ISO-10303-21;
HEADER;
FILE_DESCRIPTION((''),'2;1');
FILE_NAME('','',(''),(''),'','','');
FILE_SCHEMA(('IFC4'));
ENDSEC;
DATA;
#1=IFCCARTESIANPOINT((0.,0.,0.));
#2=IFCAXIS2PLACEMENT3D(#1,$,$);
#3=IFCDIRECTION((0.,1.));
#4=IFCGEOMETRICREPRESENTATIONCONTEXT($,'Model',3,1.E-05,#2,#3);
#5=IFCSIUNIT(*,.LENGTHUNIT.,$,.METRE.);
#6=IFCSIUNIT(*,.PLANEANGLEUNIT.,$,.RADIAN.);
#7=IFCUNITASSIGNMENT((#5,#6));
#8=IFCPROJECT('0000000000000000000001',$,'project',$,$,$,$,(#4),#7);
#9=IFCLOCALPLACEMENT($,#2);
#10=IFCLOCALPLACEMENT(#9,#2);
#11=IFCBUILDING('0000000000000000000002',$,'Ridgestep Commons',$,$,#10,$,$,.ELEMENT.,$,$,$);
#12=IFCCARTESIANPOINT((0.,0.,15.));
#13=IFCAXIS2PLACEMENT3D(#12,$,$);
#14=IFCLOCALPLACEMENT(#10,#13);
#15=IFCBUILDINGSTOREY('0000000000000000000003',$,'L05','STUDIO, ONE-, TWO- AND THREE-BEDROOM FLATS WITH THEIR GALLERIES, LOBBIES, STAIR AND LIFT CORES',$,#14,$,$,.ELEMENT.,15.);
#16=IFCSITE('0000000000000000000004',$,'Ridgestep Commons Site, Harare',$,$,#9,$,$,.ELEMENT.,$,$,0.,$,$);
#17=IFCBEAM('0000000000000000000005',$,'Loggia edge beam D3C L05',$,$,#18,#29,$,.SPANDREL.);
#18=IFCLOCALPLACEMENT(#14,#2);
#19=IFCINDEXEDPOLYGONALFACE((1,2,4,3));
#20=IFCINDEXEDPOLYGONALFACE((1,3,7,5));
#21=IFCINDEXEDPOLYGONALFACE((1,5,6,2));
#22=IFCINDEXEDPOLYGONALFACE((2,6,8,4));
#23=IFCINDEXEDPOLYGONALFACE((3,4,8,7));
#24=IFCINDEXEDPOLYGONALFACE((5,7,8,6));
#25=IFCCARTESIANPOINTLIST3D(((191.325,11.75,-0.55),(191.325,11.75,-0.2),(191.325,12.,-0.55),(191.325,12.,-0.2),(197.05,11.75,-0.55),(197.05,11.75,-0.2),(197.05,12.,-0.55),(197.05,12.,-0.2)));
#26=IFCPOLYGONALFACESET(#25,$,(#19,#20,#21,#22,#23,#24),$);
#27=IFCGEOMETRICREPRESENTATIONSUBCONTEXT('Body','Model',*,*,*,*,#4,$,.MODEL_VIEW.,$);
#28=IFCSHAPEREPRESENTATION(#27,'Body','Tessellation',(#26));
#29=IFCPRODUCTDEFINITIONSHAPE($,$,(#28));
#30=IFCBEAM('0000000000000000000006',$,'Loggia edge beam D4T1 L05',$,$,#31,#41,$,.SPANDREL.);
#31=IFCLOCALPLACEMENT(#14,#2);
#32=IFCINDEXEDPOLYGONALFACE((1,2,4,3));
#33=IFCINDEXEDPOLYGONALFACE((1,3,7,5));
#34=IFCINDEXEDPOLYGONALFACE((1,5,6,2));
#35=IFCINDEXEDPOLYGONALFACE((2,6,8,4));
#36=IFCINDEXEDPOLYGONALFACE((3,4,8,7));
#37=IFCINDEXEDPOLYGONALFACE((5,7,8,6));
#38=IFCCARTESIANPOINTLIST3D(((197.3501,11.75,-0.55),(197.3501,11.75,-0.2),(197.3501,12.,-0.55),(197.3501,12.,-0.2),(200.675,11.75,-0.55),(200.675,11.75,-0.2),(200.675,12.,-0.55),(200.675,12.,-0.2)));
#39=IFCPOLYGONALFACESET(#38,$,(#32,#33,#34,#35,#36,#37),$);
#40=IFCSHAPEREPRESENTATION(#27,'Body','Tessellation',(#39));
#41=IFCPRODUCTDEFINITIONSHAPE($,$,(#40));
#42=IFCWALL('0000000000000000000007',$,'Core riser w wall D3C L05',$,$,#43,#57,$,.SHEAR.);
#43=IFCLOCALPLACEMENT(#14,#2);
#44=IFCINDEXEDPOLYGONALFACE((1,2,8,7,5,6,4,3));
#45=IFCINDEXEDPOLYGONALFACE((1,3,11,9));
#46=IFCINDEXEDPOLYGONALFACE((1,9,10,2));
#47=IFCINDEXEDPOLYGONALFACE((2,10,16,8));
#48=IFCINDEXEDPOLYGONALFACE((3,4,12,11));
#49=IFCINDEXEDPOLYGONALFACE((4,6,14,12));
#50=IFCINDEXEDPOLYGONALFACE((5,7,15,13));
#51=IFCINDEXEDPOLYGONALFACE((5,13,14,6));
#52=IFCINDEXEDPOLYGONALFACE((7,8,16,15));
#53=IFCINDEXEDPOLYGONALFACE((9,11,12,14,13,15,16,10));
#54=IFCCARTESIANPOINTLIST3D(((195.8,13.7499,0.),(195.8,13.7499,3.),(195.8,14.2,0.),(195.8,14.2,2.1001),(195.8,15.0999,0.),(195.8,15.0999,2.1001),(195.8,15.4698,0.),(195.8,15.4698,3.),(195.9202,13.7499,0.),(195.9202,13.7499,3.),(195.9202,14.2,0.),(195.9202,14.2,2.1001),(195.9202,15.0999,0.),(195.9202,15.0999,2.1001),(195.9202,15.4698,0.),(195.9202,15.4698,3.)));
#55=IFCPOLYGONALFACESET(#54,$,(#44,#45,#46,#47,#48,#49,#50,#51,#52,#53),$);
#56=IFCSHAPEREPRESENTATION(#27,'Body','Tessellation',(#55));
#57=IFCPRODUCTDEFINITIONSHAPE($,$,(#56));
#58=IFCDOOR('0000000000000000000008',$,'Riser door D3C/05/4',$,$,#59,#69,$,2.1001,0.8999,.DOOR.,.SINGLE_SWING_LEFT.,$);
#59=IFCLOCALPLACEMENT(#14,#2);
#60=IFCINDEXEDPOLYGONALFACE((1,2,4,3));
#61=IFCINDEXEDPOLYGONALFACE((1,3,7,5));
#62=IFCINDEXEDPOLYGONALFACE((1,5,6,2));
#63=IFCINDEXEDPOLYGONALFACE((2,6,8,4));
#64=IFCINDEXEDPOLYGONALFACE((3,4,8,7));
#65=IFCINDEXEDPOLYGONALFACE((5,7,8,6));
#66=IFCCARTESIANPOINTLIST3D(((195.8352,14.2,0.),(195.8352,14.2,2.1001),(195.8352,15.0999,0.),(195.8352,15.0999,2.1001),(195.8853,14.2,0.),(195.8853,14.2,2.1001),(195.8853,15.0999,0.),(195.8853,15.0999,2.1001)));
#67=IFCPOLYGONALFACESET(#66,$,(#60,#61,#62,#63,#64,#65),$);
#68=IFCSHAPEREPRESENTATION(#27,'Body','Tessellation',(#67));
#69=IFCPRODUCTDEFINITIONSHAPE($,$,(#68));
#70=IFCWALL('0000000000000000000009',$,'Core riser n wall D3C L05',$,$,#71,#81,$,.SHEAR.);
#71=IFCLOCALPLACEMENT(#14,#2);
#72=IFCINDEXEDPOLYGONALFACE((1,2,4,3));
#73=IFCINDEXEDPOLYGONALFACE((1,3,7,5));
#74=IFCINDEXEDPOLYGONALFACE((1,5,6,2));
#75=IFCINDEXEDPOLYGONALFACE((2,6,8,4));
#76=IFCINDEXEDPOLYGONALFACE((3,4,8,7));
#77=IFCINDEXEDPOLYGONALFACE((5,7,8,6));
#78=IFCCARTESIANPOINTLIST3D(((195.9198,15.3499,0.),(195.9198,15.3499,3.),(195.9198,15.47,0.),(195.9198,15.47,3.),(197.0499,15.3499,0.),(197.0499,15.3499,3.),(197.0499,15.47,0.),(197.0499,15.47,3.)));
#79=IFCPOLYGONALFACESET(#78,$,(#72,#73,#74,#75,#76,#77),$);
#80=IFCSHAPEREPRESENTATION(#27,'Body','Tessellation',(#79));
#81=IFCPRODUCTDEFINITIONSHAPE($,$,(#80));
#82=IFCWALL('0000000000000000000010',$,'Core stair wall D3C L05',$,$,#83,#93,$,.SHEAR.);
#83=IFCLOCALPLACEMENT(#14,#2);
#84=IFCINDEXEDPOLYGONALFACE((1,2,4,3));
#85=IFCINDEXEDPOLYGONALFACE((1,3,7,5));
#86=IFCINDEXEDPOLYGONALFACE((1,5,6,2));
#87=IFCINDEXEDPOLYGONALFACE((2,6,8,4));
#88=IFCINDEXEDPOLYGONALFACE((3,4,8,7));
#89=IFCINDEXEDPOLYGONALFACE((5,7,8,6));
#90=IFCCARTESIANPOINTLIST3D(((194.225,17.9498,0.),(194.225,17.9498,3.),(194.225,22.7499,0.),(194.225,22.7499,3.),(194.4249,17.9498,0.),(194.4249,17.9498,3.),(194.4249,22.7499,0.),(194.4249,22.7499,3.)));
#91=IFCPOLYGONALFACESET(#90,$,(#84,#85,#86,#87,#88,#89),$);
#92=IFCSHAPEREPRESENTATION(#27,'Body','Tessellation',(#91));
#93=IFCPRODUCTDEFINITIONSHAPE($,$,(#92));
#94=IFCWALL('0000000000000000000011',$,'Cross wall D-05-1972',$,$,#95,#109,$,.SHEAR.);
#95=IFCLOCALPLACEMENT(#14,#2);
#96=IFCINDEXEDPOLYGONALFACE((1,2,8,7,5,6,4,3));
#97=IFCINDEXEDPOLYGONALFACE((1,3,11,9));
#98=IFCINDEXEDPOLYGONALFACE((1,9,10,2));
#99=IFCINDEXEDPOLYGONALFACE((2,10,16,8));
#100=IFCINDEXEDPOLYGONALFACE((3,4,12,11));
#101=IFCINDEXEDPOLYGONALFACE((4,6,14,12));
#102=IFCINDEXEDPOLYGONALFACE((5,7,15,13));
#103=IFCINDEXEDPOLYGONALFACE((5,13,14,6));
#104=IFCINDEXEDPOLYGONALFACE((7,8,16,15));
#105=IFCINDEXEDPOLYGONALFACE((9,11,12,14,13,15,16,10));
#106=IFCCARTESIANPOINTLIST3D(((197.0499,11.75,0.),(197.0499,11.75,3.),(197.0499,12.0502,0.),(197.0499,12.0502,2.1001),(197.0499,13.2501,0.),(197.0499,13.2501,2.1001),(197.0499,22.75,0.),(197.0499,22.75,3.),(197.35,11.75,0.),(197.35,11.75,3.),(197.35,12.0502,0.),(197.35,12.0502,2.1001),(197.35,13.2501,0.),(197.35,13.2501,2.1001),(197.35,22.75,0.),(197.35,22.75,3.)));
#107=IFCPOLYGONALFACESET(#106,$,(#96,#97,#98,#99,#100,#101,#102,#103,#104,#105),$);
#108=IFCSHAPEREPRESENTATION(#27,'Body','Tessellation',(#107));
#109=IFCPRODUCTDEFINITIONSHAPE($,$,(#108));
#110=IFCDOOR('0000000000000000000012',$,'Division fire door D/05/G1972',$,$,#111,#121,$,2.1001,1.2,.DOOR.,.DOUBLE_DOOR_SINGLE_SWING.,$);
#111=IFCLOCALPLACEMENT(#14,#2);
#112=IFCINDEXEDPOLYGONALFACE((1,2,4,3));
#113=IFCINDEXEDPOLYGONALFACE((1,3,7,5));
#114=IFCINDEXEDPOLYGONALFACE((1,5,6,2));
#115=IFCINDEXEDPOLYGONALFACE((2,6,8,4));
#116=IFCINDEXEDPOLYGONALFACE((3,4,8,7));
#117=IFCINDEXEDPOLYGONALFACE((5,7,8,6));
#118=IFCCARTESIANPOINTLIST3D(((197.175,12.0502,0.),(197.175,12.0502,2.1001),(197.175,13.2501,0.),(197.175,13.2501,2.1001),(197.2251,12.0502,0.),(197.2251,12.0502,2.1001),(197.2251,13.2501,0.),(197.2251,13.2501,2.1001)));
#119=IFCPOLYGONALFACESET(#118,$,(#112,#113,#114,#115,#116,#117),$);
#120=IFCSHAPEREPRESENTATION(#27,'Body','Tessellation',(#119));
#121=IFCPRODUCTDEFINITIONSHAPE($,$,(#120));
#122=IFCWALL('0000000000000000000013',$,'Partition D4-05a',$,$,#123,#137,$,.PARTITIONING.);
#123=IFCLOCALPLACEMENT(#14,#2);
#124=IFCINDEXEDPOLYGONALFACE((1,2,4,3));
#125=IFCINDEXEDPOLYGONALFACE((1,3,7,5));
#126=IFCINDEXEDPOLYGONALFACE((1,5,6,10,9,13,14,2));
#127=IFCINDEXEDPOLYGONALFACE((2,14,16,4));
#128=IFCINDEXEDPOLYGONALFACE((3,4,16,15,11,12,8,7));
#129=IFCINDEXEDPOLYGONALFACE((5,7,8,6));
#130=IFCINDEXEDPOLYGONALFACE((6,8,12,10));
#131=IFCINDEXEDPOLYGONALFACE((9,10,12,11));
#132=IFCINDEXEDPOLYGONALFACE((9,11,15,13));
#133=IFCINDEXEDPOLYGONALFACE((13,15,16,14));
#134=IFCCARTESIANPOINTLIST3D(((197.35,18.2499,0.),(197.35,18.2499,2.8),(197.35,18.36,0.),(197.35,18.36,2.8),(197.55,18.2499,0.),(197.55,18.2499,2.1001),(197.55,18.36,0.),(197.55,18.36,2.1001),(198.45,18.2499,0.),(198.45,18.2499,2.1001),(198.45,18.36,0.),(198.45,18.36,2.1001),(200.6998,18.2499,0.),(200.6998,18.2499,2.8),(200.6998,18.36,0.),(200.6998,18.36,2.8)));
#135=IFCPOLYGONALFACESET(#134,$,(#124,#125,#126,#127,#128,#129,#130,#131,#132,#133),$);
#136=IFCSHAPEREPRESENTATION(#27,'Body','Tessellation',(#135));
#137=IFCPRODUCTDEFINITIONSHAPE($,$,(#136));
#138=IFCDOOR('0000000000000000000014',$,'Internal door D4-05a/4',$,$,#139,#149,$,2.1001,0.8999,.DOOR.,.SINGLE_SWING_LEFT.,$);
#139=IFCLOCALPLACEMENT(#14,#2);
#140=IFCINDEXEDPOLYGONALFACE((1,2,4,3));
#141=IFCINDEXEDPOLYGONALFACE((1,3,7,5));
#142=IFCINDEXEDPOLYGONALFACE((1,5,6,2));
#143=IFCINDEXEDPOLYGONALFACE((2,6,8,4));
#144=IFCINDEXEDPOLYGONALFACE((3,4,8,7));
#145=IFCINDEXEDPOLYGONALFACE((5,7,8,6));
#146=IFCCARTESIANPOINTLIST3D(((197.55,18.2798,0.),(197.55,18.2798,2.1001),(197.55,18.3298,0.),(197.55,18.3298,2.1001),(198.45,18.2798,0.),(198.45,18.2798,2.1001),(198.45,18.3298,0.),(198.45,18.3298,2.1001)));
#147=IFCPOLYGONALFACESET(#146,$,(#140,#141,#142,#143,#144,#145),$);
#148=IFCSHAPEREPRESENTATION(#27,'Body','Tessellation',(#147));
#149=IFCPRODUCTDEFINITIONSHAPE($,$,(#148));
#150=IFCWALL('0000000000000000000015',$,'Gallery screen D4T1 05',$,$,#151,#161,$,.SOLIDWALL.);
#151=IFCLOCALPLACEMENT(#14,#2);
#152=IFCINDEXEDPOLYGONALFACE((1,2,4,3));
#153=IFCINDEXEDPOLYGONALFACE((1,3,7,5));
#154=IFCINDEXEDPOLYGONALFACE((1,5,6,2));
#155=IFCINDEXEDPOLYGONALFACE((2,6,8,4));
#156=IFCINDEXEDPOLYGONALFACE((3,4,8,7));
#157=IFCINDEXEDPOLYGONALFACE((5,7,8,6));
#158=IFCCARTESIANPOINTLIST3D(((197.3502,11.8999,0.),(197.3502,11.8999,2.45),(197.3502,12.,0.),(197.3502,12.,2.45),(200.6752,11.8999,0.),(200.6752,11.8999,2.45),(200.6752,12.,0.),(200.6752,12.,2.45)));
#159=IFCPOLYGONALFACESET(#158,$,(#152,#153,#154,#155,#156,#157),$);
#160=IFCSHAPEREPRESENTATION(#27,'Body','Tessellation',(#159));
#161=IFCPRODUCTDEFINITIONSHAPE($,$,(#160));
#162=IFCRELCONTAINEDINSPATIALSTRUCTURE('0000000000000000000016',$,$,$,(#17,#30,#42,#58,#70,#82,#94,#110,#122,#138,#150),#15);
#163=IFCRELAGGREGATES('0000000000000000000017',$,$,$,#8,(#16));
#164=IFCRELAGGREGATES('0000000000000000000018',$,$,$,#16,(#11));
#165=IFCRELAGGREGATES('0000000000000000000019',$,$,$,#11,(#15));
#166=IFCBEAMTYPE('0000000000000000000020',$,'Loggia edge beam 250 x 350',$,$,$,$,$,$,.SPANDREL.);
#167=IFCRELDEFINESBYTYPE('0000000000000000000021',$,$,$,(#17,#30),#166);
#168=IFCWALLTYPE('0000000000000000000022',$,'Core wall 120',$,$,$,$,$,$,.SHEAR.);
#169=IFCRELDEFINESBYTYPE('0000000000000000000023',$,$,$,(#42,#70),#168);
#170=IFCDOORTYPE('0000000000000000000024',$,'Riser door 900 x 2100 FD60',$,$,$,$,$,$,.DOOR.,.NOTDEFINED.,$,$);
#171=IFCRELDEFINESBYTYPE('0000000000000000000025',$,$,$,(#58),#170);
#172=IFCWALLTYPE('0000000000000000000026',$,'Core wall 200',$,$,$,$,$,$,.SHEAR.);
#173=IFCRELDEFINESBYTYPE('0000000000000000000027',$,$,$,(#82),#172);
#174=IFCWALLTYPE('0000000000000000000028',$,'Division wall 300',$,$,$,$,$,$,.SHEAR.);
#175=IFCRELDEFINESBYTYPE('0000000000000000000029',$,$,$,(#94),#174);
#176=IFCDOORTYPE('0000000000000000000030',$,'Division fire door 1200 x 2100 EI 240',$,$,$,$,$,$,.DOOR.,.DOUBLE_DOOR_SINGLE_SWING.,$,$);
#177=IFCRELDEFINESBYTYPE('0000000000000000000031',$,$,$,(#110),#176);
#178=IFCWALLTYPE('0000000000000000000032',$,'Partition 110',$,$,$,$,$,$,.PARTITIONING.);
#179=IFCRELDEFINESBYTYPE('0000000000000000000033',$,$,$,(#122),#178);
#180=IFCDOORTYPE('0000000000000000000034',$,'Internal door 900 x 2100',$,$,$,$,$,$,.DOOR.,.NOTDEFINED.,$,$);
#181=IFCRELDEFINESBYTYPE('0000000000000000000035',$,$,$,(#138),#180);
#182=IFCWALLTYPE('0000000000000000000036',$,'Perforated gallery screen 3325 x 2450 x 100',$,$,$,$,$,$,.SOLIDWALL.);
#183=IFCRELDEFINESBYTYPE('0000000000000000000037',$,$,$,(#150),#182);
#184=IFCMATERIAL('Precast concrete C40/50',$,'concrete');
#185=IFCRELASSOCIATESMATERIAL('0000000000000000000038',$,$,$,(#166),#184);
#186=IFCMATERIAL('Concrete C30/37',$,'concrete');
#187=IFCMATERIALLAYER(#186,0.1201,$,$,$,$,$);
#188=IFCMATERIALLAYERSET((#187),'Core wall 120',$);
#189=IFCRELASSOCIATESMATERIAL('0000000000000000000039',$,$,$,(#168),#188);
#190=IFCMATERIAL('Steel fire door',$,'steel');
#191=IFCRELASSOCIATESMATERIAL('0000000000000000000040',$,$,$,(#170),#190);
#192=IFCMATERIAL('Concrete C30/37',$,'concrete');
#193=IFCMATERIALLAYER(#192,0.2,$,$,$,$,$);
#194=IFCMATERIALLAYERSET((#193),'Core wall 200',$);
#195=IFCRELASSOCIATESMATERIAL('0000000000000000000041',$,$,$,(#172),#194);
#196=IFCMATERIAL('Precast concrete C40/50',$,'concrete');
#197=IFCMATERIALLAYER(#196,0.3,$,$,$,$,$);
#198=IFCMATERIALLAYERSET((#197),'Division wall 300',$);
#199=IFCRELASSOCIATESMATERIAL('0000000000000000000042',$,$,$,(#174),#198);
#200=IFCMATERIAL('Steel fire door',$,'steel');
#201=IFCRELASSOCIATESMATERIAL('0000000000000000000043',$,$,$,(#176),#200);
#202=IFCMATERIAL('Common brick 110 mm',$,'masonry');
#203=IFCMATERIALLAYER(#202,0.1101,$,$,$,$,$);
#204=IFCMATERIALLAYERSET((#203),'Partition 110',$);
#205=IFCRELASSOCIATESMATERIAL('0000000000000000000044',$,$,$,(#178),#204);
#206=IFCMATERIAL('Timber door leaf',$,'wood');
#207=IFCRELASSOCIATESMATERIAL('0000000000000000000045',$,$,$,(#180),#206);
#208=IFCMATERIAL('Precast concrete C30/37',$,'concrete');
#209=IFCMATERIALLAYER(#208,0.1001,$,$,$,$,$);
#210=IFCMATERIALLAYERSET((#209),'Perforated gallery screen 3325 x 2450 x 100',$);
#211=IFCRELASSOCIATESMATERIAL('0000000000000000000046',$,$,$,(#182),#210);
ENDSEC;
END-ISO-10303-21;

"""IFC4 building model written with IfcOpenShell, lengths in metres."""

from ifc_helpers import new_model, si_unit, direction, frame, frame_2d, origin, origin_2d, place, context, subcontext, project, spatial, rectangle, extrude, material, layer, layer_set, material_profile, profile_set, type_object, element, fill, save


model = new_model("IFC4")

# Units and contexts
model_context = context("Model", 3, precision=1e-05, world=origin(), true_north=direction((0.0, 1.0)))
body_context = subcontext(model_context, "Body", "Model", "MODEL_VIEW")
ifc_project = project(units=[si_unit("LENGTHUNIT", "METRE"), si_unit("PLANEANGLEUNIT", "RADIAN")], contexts=[model_context])

# Site, building, storey
site_placement = place(None, origin())
site = spatial("IfcSite", under=ifc_project, at=site_placement, Name="Ridgestep Commons Site, Harare", CompositionType="ELEMENT", RefElevation=0.0)
building_placement = place(site_placement, origin())
building = spatial("IfcBuilding", under=site, at=building_placement, Name="Ridgestep Commons", CompositionType="ELEMENT")
storey_placement = place(building_placement, frame((0.0, 0.0, 15.0)))
storey = spatial("IfcBuildingStorey", under=building, at=storey_placement, Name="L05", Description="STUDIO, ONE-, TWO- AND THREE-BEDROOM FLATS WITH THEIR GALLERIES, LOBBIES, STAIR AND LIFT CORES", CompositionType="ELEMENT", Elevation=15.0)

# Beams
ifc_material_1 = material(Name="Precast concrete C40/50", Category="concrete")
ifc_material_profile = material_profile(ifc_material_1, rectangle(XDim=0.25, YDim=0.3501, at=origin_2d()), Name="PC 250x350")
ifc_profile_set = profile_set([ifc_material_profile], Name="Precast concrete C40/50")
beam_type = type_object("IfcBeamType", Name="Loggia edge beam 250 x 350", PredefinedType="SPANDREL", material=ifc_profile_set)
beam_1_placement = place(storey_placement, frame((191.325, 11.875, -0.375), z_axis=(1.0, 0.0, 0.0), x_axis=(0.0, 1.0, 0.0)))
element("IfcBeam", 1, at=beam_1_placement, inside=storey, type_object=beam_type, Name="Loggia edge beam D3C L05", PredefinedType="SPANDREL", context=body_context, shape_type="SweptSolid", body=[
    extrude(rectangle(XDim=0.25, YDim=0.3501, at=origin_2d()), origin(), (0.0, 0.0, 1.0), 5.7251),
])
beam_2_placement = place(storey_placement, frame((197.3501, 11.875, -0.375), z_axis=(1.0, 0.0, 0.0), x_axis=(0.0, 1.0, 0.0)))
element("IfcBeam", 2, at=beam_2_placement, inside=storey, type_object=beam_type, Name="Loggia edge beam D4T1 L05", PredefinedType="SPANDREL", context=body_context, shape_type="SweptSolid", body=[
    extrude(rectangle(XDim=0.25, YDim=0.3501, at=origin_2d()), origin(), (0.0, 0.0, 1.0), 3.325),
])

# Wall, opening, door
ifc_material_2 = material(Name="Concrete C30/37", Category="concrete")
ifc_layer_1 = layer(ifc_material_2, 0.1201)
ifc_layer_set_1 = layer_set([ifc_layer_1], Name="Core wall 120")
wall_type_1 = type_object("IfcWallType", Name="Core wall 120", PredefinedType="SHEAR", material=ifc_layer_set_1)
wall_1_placement = place(storey_placement, frame((195.8601, 13.75, 0.0), z_axis=(0.0, 0.0, 1.0), x_axis=(0.0, 1.0, 0.0)))
wall_1 = element("IfcWall", 3, at=wall_1_placement, inside=storey, type_object=wall_type_1, Name="Core riser w wall D3C L05", PredefinedType="SHEAR", context=body_context, shape_type="SweptSolid", body=[
    extrude(rectangle(XDim=1.72, YDim=0.1201, at=frame_2d((0.8599, 0.0))), origin(), (0.0, 0.0, 1.0), 3.0),
])
opening_1_placement = place(wall_1_placement, frame((0.45, 0.0, 0.0)))
opening_1 = element("IfcOpeningElement", 4, at=opening_1_placement, cuts=wall_1, PredefinedType="OPENING", context=body_context, shape_type="SweptSolid", body=[
    extrude(rectangle(XDim=0.8999, YDim=2.1001, at=frame_2d((0.45, 1.05))), frame((0.0, 0.0701, 0.0), z_axis=(0.0, -1.0, 0.0), x_axis=(1.0, 0.0, 0.0)), (0.0, 0.0, 1.0), 0.1401),
])
ifc_material_3 = material(Name="Steel fire door", Category="steel")
door_type_1 = type_object("IfcDoorType", Name="Riser door 900 x 2100 FD60", OperationType="NOTDEFINED", PredefinedType="DOOR", material=ifc_material_3)
door_1_placement = place(opening_1_placement, origin())
door_1 = element("IfcDoor", 5, at=door_1_placement, inside=storey, type_object=door_type_1, Name="Riser door D3C/05/4", OperationType="SINGLE_SWING_LEFT", OverallHeight=2.1001, OverallWidth=0.8999, PredefinedType="DOOR", context=body_context, shape_type="SweptSolid", body=[
    extrude(rectangle(XDim=0.8999, YDim=2.1001, at=frame_2d((0.45, 1.05))), frame((0.0, 0.0249, 0.0), z_axis=(0.0, -1.0, 0.0), x_axis=(1.0, 0.0, 0.0)), (0.0, 0.0, 1.0), 0.05),
])
fill(opening_1, door_1)

# Walls
wall_2_placement = place(storey_placement, frame((195.9199, 15.4099, 0.0), z_axis=(0.0, 0.0, 1.0), x_axis=(1.0, 0.0, 0.0)))
element("IfcWall", 6, at=wall_2_placement, inside=storey, type_object=wall_type_1, Name="Core riser n wall D3C L05", PredefinedType="SHEAR", context=body_context, shape_type="SweptSolid", body=[
    extrude(rectangle(XDim=1.1301, YDim=0.1201, at=frame_2d((0.5649, 0.0))), origin(), (0.0, 0.0, 1.0), 3.0),
])
ifc_material_4 = material(Name="Concrete C30/37", Category="concrete")
ifc_layer_2 = layer(ifc_material_4, 0.2)
ifc_layer_set_2 = layer_set([ifc_layer_2], Name="Core wall 200")
wall_type_2 = type_object("IfcWallType", Name="Core wall 200", PredefinedType="SHEAR", material=ifc_layer_set_2)
wall_3_placement = place(storey_placement, frame((194.325, 17.95, 0.0), z_axis=(0.0, 0.0, 1.0), x_axis=(0.0, 1.0, 0.0)))
element("IfcWall", 7, at=wall_3_placement, inside=storey, type_object=wall_type_2, Name="Core stair wall D3C L05", PredefinedType="SHEAR", context=body_context, shape_type="SweptSolid", body=[
    extrude(rectangle(XDim=4.8, YDim=0.2, at=frame_2d((2.3999, 0.0))), origin(), (0.0, 0.0, 1.0), 3.0),
])

# Walls, openings, doors
ifc_material_5 = material(Name="Precast concrete C40/50", Category="concrete")
ifc_layer_3 = layer(ifc_material_5, 0.3)
ifc_layer_set_3 = layer_set([ifc_layer_3], Name="Division wall 300")
wall_type_3 = type_object("IfcWallType", Name="Division wall 300", PredefinedType="SHEAR", material=ifc_layer_set_3)
wall_4_placement = place(storey_placement, frame((197.2, 11.75, 0.0), z_axis=(0.0, 0.0, 1.0), x_axis=(0.0, 1.0, 0.0)))
wall_4 = element("IfcWall", 8, at=wall_4_placement, inside=storey, type_object=wall_type_3, Name="Cross wall D-05-1972", PredefinedType="SHEAR", context=body_context, shape_type="SweptSolid", body=[
    extrude(rectangle(XDim=11.0, YDim=0.3, at=frame_2d((5.5, 0.0))), origin(), (0.0, 0.0, 1.0), 3.0),
])
opening_2_placement = place(wall_4_placement, frame((0.3, 0.0, 0.0)))
opening_2 = element("IfcOpeningElement", 9, at=opening_2_placement, cuts=wall_4, PredefinedType="OPENING", context=body_context, shape_type="SweptSolid", body=[
    extrude(rectangle(XDim=1.2, YDim=2.1001, at=frame_2d((0.6001, 1.05))), frame((0.0, 0.1599, 0.0), z_axis=(0.0, -1.0, 0.0), x_axis=(1.0, 0.0, 0.0)), (0.0, 0.0, 1.0), 0.3201),
])
ifc_material_6 = material(Name="Steel fire door", Category="steel")
door_type_2 = type_object("IfcDoorType", Name="Division fire door 1200 x 2100 EI 240", OperationType="DOUBLE_DOOR_SINGLE_SWING", PredefinedType="DOOR", material=ifc_material_6)
door_2_placement = place(opening_2_placement, origin())
door_2 = element("IfcDoor", 10, at=door_2_placement, inside=storey, type_object=door_type_2, Name="Division fire door D/05/G1972", OperationType="DOUBLE_DOOR_SINGLE_SWING", OverallHeight=2.1001, OverallWidth=1.2, PredefinedType="DOOR", context=body_context, shape_type="SweptSolid", body=[
    extrude(rectangle(XDim=1.2, YDim=2.1001, at=frame_2d((0.6001, 1.05))), frame((0.0, 0.0249, 0.0), z_axis=(0.0, -1.0, 0.0), x_axis=(1.0, 0.0, 0.0)), (0.0, 0.0, 1.0), 0.05),
])
fill(opening_2, door_2)
ifc_material_7 = material(Name="Common brick 110 mm", Category="masonry")
ifc_layer_4 = layer(ifc_material_7, 0.1101)
ifc_layer_set_4 = layer_set([ifc_layer_4], Name="Partition 110")
wall_type_4 = type_object("IfcWallType", Name="Partition 110", PredefinedType="PARTITIONING", material=ifc_layer_set_4)
wall_5_placement = place(storey_placement, frame((197.3501, 18.3049, 0.0), z_axis=(0.0, 0.0, 1.0), x_axis=(1.0, 0.0, 0.0)))
wall_5 = element("IfcWall", 11, at=wall_5_placement, inside=storey, type_object=wall_type_4, Name="Partition D4-05a", PredefinedType="PARTITIONING", context=body_context, shape_type="SweptSolid", body=[
    extrude(rectangle(XDim=3.3499, YDim=0.1101, at=frame_2d((1.6748, 0.0))), origin(), (0.0, 0.0, 1.0), 2.8),
])
opening_3_placement = place(wall_5_placement, frame((0.2, 0.0, 0.0)))
opening_3 = element("IfcOpeningElement", 12, at=opening_3_placement, cuts=wall_5, PredefinedType="OPENING", context=body_context, shape_type="SweptSolid", body=[
    extrude(rectangle(XDim=0.8999, YDim=2.1001, at=frame_2d((0.45, 1.05))), frame((0.0, 0.0649, 0.0), z_axis=(0.0, -1.0, 0.0), x_axis=(1.0, 0.0, 0.0)), (0.0, 0.0, 1.0), 0.1301),
])
ifc_material_8 = material(Name="Timber door leaf", Category="wood")
door_type_3 = type_object("IfcDoorType", Name="Internal door 900 x 2100", OperationType="NOTDEFINED", PredefinedType="DOOR", material=ifc_material_8)
door_3_placement = place(opening_3_placement, origin())
door_3 = element("IfcDoor", 13, at=door_3_placement, inside=storey, type_object=door_type_3, Name="Internal door D4-05a/4", OperationType="SINGLE_SWING_LEFT", OverallHeight=2.1001, OverallWidth=0.8999, PredefinedType="DOOR", context=body_context, shape_type="SweptSolid", body=[
    extrude(rectangle(XDim=0.8999, YDim=2.1001, at=frame_2d((0.45, 1.05))), frame((0.0, 0.0249, 0.0), z_axis=(0.0, -1.0, 0.0), x_axis=(1.0, 0.0, 0.0)), (0.0, 0.0, 1.0), 0.05),
])
fill(opening_3, door_3)

# Wall
ifc_material_9 = material(Name="Precast concrete C30/37", Category="concrete")
ifc_layer_5 = layer(ifc_material_9, 0.1001)
ifc_layer_set_5 = layer_set([ifc_layer_5], Name="Perforated gallery screen 3325 x 2450 x 100")
wall_type_5 = type_object("IfcWallType", Name="Perforated gallery screen 3325 x 2450 x 100", PredefinedType="SOLIDWALL", material=ifc_layer_set_5)
wall_6_placement = place(storey_placement, frame((197.3501, 11.95, 0.0), z_axis=(0.0, 0.0, 1.0), x_axis=(1.0, 0.0, 0.0)))
element("IfcWall", 14, at=wall_6_placement, inside=storey, type_object=wall_type_5, Name="Gallery screen D4T1 05", PredefinedType="SOLIDWALL", context=body_context, shape_type="SweptSolid", body=[
    extrude(rectangle(XDim=3.325, YDim=0.1001, at=frame_2d((1.6626, 0.0))), origin(), (0.0, 0.0, 1.0), 2.45),
])

save(model, "model.ifc")
